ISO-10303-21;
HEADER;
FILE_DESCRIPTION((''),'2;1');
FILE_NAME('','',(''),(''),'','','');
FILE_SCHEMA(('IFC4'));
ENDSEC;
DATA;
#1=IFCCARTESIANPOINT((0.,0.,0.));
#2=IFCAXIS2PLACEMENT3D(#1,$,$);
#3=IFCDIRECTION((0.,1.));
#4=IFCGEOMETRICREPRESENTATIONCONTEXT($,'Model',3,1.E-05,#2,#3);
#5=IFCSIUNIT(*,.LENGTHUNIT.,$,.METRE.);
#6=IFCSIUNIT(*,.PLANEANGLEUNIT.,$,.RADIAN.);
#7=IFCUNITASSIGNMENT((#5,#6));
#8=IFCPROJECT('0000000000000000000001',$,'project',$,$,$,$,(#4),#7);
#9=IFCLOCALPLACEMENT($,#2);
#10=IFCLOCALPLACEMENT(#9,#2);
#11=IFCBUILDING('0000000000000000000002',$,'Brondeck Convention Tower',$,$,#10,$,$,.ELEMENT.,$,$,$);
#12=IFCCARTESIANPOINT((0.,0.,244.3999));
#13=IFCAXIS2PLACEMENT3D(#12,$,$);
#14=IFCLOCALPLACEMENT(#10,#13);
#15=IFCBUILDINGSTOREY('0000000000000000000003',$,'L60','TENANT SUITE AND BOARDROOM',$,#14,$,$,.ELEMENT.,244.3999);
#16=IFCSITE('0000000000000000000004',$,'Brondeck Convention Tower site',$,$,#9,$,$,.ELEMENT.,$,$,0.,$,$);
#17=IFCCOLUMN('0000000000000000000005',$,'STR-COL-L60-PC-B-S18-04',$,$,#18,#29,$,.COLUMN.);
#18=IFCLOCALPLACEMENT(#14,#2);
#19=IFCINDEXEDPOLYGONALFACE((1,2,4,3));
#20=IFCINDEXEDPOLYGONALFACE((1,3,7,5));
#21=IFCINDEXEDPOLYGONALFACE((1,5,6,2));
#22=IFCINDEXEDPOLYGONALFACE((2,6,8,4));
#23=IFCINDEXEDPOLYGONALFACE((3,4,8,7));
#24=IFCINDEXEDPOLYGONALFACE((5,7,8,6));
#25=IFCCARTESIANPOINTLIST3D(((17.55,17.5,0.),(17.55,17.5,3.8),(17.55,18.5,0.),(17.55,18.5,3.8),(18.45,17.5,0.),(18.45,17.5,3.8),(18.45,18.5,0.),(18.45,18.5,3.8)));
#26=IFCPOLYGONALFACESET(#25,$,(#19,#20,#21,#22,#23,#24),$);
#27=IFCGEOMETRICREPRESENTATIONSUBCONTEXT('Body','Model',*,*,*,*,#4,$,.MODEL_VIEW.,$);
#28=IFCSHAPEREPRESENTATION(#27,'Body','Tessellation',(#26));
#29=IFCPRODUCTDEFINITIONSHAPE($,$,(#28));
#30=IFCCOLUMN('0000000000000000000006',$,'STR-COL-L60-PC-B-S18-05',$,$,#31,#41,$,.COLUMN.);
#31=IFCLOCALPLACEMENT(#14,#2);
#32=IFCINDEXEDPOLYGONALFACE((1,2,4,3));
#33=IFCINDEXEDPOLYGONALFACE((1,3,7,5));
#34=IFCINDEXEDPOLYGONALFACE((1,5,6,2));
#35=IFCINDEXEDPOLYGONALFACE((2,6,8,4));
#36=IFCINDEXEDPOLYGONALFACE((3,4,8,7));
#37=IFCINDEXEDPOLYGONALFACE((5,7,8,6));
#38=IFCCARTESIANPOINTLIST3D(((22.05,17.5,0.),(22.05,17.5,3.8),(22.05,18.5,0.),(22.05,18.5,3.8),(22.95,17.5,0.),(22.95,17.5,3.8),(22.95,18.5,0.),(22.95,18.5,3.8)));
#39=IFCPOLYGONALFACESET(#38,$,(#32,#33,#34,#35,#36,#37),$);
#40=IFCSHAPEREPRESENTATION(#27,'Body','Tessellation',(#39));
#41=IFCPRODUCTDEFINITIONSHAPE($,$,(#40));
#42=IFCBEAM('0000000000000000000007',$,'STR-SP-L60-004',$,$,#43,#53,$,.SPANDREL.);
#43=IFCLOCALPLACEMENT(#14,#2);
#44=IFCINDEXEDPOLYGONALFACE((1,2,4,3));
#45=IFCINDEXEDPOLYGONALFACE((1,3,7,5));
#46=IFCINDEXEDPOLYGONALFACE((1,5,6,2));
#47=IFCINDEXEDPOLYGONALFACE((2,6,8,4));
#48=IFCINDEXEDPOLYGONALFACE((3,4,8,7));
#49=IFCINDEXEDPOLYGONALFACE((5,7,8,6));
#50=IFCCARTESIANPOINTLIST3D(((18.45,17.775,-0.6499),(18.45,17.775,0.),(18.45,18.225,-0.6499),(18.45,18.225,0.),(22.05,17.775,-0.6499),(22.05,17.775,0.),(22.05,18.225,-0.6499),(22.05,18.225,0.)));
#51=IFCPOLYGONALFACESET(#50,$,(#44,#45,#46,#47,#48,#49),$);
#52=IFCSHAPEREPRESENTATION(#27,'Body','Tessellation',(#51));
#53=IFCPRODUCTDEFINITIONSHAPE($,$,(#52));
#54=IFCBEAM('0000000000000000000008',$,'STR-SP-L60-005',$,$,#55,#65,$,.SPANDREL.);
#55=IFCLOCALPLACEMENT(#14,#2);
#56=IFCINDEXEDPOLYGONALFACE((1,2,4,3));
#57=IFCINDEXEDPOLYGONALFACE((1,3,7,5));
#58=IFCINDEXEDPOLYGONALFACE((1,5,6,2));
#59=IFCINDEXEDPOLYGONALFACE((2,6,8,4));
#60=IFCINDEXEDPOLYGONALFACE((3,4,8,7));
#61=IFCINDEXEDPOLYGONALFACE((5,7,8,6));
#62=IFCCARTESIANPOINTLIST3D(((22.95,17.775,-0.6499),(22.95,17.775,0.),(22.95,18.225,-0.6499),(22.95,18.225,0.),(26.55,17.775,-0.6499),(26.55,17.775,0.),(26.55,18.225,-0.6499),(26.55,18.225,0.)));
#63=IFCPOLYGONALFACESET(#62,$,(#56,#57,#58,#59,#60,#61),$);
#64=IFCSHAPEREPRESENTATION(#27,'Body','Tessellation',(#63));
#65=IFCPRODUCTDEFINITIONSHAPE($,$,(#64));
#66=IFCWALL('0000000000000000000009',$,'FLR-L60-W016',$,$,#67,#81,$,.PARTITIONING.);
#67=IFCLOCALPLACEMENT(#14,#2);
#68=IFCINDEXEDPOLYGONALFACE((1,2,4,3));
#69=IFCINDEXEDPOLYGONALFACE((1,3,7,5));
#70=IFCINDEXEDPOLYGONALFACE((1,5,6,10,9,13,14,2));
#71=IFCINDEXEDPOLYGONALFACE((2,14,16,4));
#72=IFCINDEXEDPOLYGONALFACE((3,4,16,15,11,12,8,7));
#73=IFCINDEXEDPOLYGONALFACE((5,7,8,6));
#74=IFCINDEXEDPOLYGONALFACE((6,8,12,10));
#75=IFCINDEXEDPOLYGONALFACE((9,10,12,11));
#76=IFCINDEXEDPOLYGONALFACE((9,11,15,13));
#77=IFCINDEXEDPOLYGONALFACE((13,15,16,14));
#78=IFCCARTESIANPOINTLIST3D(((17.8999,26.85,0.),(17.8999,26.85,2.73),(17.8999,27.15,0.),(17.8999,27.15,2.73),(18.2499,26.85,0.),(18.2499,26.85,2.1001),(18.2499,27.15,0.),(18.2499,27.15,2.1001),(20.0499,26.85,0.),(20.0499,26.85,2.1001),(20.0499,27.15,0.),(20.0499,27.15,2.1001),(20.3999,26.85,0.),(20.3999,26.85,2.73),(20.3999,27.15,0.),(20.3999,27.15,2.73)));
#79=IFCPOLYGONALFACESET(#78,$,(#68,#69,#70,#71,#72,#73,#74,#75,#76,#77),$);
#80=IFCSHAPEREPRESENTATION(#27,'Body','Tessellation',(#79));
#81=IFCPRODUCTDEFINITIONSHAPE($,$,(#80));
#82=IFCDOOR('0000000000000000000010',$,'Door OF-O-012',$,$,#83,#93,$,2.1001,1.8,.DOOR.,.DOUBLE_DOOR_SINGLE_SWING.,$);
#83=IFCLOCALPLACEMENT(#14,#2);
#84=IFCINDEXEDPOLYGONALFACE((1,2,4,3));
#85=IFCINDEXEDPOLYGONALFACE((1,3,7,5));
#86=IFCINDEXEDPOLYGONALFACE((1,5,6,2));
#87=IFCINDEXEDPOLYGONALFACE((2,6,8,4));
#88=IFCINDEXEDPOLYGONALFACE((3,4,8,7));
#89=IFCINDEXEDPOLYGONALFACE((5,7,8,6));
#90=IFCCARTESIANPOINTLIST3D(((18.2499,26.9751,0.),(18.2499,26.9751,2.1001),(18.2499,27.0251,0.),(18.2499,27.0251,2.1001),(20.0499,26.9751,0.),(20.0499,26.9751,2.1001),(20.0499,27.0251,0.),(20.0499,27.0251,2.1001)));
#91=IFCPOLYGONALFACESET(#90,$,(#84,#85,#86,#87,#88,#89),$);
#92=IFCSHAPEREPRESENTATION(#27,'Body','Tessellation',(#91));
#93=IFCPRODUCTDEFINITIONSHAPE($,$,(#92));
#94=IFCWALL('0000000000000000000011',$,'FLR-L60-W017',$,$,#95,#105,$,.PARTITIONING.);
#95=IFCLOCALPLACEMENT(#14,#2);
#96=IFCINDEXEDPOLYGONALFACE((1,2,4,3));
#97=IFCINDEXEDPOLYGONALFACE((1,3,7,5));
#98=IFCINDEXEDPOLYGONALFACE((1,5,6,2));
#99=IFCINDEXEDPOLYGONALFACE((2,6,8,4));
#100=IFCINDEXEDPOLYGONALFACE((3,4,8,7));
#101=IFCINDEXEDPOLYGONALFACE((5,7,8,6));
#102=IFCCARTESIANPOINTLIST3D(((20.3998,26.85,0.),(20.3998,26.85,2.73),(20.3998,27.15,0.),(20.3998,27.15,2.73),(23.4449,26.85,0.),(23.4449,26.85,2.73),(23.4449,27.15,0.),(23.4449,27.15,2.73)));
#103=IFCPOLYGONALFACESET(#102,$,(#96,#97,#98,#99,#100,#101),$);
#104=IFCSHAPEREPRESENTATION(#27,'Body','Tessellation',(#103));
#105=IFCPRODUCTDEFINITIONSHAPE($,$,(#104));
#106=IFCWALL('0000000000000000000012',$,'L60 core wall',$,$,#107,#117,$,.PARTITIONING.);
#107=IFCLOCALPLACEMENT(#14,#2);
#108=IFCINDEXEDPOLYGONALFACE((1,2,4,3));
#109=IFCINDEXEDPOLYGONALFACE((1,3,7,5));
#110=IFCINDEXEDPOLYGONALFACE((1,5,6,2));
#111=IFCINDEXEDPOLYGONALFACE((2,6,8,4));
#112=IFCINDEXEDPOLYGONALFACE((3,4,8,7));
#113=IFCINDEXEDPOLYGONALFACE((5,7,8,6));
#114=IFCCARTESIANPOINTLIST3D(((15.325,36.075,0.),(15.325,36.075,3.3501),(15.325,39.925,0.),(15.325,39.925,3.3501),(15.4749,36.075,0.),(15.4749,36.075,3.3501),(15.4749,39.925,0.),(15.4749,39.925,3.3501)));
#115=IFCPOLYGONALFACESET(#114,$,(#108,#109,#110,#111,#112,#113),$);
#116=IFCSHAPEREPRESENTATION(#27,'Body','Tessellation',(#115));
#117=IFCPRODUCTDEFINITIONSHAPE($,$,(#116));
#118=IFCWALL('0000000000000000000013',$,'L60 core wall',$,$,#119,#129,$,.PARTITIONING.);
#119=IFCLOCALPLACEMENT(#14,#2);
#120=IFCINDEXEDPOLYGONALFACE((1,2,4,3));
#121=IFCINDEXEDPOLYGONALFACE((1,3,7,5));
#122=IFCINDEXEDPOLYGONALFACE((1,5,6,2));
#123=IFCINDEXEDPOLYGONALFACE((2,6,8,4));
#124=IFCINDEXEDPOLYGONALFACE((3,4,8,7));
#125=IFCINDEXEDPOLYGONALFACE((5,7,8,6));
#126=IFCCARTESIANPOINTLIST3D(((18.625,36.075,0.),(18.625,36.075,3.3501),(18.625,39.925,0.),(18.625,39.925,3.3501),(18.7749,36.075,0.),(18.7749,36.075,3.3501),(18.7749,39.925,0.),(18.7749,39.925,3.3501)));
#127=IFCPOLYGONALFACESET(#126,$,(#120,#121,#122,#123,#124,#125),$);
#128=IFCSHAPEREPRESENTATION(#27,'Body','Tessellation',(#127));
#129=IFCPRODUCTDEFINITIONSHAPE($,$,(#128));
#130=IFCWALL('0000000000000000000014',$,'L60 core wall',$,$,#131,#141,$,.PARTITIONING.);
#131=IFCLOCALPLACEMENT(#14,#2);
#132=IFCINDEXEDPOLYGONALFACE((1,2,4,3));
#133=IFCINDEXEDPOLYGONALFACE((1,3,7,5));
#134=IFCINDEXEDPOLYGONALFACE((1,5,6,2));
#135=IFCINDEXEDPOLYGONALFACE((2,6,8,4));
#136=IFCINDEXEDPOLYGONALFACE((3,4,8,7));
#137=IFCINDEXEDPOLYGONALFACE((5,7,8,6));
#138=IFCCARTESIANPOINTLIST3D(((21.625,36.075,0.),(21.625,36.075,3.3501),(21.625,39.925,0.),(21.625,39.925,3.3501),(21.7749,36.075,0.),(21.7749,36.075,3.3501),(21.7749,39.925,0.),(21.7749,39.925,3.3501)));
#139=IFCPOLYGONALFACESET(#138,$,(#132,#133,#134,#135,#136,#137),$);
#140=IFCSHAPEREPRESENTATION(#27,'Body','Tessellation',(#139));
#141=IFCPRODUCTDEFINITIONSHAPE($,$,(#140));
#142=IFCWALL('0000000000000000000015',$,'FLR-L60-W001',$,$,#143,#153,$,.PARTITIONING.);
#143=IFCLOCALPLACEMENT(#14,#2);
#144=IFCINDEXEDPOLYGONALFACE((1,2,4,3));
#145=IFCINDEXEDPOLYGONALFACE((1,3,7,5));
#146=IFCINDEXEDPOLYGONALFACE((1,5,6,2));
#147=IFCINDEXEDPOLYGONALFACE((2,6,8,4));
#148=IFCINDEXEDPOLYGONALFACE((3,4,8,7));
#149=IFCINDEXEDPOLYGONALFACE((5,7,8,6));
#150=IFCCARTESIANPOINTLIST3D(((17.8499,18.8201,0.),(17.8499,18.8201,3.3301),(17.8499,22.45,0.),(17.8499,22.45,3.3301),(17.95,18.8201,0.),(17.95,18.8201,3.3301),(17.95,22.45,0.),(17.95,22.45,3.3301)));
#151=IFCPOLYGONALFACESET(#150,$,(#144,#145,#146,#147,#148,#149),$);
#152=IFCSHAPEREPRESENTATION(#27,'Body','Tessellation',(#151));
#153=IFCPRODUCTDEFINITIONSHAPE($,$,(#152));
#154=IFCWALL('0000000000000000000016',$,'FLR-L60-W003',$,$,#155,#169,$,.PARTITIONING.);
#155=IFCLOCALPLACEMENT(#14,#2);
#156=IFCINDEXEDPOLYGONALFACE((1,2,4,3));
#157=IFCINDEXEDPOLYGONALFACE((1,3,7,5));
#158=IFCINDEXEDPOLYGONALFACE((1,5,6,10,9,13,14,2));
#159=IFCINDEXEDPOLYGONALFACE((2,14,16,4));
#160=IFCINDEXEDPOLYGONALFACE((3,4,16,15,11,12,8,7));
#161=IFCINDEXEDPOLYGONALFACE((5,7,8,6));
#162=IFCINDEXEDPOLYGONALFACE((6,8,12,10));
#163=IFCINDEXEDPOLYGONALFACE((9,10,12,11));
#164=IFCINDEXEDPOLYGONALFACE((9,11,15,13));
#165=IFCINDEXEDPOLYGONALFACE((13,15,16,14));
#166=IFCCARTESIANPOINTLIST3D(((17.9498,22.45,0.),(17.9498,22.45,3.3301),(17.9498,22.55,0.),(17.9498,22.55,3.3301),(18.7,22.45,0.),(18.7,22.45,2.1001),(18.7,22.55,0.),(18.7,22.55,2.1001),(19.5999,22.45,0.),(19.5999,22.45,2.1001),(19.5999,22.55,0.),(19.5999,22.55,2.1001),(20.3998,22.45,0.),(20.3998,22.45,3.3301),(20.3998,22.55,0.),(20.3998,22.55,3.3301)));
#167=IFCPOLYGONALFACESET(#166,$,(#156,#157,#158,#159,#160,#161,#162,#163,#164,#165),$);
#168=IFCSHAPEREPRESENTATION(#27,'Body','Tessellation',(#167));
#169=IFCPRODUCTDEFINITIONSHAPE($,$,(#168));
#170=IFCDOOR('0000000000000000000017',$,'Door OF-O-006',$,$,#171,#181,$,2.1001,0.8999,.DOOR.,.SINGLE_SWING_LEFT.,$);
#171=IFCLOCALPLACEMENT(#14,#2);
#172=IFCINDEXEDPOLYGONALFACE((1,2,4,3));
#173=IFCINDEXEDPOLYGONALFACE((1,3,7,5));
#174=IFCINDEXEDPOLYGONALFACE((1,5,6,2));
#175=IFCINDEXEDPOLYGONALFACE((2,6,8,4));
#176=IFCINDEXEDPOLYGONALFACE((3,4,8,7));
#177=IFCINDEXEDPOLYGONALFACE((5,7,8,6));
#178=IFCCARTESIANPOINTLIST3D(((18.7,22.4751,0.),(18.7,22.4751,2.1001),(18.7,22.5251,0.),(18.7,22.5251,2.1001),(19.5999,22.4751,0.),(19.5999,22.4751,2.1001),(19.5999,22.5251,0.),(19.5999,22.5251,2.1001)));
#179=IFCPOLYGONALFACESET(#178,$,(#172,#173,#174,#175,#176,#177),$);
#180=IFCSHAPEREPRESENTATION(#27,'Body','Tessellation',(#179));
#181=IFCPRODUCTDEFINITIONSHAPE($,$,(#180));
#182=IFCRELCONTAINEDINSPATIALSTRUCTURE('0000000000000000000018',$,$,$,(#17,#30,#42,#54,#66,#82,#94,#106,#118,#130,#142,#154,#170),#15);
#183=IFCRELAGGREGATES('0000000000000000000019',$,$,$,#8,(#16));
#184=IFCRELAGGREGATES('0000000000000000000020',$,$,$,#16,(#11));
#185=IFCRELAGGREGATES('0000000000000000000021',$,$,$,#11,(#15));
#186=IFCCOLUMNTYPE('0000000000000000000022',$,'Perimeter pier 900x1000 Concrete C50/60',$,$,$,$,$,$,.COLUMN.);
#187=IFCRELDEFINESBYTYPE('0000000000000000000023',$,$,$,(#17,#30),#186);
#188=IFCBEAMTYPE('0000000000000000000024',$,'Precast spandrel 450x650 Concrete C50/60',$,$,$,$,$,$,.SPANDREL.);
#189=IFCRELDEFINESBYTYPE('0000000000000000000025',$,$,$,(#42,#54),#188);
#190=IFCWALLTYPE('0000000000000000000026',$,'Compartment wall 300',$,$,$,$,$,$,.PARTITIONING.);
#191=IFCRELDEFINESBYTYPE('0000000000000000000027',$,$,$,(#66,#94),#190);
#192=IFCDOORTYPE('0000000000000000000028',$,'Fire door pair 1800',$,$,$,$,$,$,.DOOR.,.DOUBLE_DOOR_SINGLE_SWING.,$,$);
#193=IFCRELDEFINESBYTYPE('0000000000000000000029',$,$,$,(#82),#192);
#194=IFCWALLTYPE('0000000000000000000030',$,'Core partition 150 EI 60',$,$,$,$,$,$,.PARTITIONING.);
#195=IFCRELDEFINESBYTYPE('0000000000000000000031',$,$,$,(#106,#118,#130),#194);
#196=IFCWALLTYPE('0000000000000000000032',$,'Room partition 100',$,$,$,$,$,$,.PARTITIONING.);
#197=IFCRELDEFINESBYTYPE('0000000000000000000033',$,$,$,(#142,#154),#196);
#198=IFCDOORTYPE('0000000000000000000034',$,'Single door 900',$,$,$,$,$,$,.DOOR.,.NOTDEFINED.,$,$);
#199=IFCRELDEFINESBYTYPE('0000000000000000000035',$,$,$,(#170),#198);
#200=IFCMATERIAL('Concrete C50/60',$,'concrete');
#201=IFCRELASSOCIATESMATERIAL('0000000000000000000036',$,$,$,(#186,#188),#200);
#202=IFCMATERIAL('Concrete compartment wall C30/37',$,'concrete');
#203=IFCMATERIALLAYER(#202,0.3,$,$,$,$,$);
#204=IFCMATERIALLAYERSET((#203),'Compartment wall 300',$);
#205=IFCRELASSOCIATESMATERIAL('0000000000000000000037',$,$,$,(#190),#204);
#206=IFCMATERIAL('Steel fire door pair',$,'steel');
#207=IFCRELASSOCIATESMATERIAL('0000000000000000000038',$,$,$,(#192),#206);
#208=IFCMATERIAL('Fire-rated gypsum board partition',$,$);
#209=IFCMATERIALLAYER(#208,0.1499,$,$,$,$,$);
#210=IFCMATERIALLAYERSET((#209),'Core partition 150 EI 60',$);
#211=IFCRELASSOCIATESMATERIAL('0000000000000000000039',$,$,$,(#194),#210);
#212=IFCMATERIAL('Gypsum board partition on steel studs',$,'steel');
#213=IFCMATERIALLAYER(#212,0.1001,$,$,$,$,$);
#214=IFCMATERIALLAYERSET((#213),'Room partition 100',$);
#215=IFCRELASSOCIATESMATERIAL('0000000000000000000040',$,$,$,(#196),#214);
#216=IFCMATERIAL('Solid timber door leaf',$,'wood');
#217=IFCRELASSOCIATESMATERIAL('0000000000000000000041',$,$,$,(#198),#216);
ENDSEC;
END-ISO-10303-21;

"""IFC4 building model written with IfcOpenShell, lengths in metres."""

from ifc_helpers import new_model, si_unit, direction, frame, frame_2d, origin, origin_2d, place, context, subcontext, project, spatial, rectangle, extrude, material, layer, layer_set, material_profile, profile_set, type_object, element, fill, save


model = new_model("IFC4")

# Units and contexts
model_context = context("Model", 3, precision=1e-05, world=origin(), true_north=direction((0.0, 1.0)))
body_context = subcontext(model_context, "Body", "Model", "MODEL_VIEW")
ifc_project = project(units=[si_unit("LENGTHUNIT", "METRE"), si_unit("PLANEANGLEUNIT", "RADIAN")], contexts=[model_context])

# Site, building, storey
site_placement = place(None, origin())
site = spatial("IfcSite", under=ifc_project, at=site_placement, Name="Brondeck Convention Tower site", CompositionType="ELEMENT", RefElevation=0.0)
building_placement = place(site_placement, origin())
building = spatial("IfcBuilding", under=site, at=building_placement, Name="Brondeck Convention Tower", CompositionType="ELEMENT")
storey_placement = place(building_placement, frame((0.0, 0.0, 244.3999)))
storey = spatial("IfcBuildingStorey", under=building, at=storey_placement, Name="L60", Description="TENANT SUITE AND BOARDROOM", CompositionType="ELEMENT", Elevation=244.3999)

# Columns
ifc_material_1 = material(Name="Concrete C50/60", Category="concrete")
ifc_material_profile_1 = material_profile(ifc_material_1, rectangle(XDim=0.8999, YDim=1.0, at=origin_2d()), Name="Perimeter pier 900x1000 Concrete C50/60")
ifc_profile_set_1 = profile_set([ifc_material_profile_1], Name="Concrete C50/60")
column_type = type_object("IfcColumnType", Name="Perimeter pier 900x1000 Concrete C50/60", PredefinedType="COLUMN", material=ifc_profile_set_1)
for number, where, z_axis, x_axis, name in (
    (1, (18.0, 18.0, 0.0), (0.0, 0.0, 1.0), (1.0, 0.0, 0.0), "STR-COL-L60-PC-B-S18-04"),
    (2, (22.5, 18.0, 0.0), (0.0, 0.0, 1.0), (1.0, 0.0, 0.0), "STR-COL-L60-PC-B-S18-05"),
):
    element("IfcColumn", number, at=place(storey_placement, frame(where, z_axis=z_axis, x_axis=x_axis)), inside=storey, type_object=column_type, Name=name, PredefinedType="COLUMN", context=body_context, shape_type="SweptSolid", body=[
        extrude(rectangle(XDim=0.8999, YDim=1.0, at=origin_2d()), origin(), (0.0, 0.0, 1.0), 3.8),
    ])

# Beams
ifc_material_profile_2 = material_profile(ifc_material_1, rectangle(XDim=0.45, YDim=0.6499, at=origin_2d()), Name="Precast spandrel 450x650 Concrete C50/60")
ifc_profile_set_2 = profile_set([ifc_material_profile_2], Name="Concrete C50/60")
beam_type = type_object("IfcBeamType", Name="Precast spandrel 450x650 Concrete C50/60", PredefinedType="SPANDREL", material=ifc_profile_set_2)
for number, where, z_axis, x_axis, name in (
    (3, (18.45, 18.0, -0.325), (1.0, 0.0, 0.0), (0.0, 1.0, 0.0), "STR-SP-L60-004"),
    (4, (22.95, 18.0, -0.325), (1.0, 0.0, 0.0), (0.0, 1.0, 0.0), "STR-SP-L60-005"),
):
    element("IfcBeam", number, at=place(storey_placement, frame(where, z_axis=z_axis, x_axis=x_axis)), inside=storey, type_object=beam_type, Name=name, PredefinedType="SPANDREL", context=body_context, shape_type="SweptSolid", body=[
        extrude(rectangle(XDim=0.45, YDim=0.6499, at=origin_2d()), origin(), (0.0, 0.0, 1.0), 3.6001),
    ])

# Wall, opening, door
ifc_material_2 = material(Name="Concrete compartment wall C30/37", Category="concrete")
ifc_layer_1 = layer(ifc_material_2, 0.3)
ifc_layer_set_1 = layer_set([ifc_layer_1], Name="Compartment wall 300")
wall_type_1 = type_object("IfcWallType", Name="Compartment wall 300", PredefinedType="PARTITIONING", material=ifc_layer_set_1)
wall_1_placement = place(storey_placement, frame((20.3999, 27.0, 0.0), z_axis=(0.0, 0.0, 1.0), x_axis=(-1.0, 0.0, 0.0)))
wall_1 = element("IfcWall", 5, at=wall_1_placement, inside=storey, type_object=wall_type_1, Name="FLR-L60-W016", PredefinedType="PARTITIONING", context=body_context, shape_type="SweptSolid", body=[
    extrude(rectangle(XDim=2.5, YDim=0.3, at=frame_2d((1.25, 0.0))), origin(), (0.0, 0.0, 1.0), 2.73),
])
opening_1_placement = place(wall_1_placement, frame((0.3501, 0.0, 0.0)))
opening_1 = element("IfcOpeningElement", 6, at=opening_1_placement, cuts=wall_1, PredefinedType="OPENING", context=body_context, shape_type="SweptSolid", body=[
    extrude(rectangle(XDim=1.8, YDim=2.1001, at=frame_2d((0.8999, 1.05))), frame((0.0, 0.1599, 0.0), z_axis=(0.0, -1.0, 0.0), x_axis=(1.0, 0.0, 0.0)), (0.0, 0.0, 1.0), 0.3201),
])
ifc_material_3 = material(Name="Steel fire door pair", Category="steel")
door_type_1 = type_object("IfcDoorType", Name="Fire door pair 1800", OperationType="DOUBLE_DOOR_SINGLE_SWING", PredefinedType="DOOR", material=ifc_material_3)
door_1_placement = place(opening_1_placement, origin())
door_1 = element("IfcDoor", 7, at=door_1_placement, inside=storey, type_object=door_type_1, Name="Door OF-O-012", OperationType="DOUBLE_DOOR_SINGLE_SWING", OverallHeight=2.1001, OverallWidth=1.8, PredefinedType="DOOR", context=body_context, shape_type="SweptSolid", body=[
    extrude(rectangle(XDim=1.8, YDim=2.1001, at=frame_2d((0.8999, 1.05))), frame((0.0, 0.0249, 0.0), z_axis=(0.0, -1.0, 0.0), x_axis=(1.0, 0.0, 0.0)), (0.0, 0.0, 1.0), 0.05),
])
fill(opening_1, door_1)

# Walls
wall_2_placement = place(storey_placement, frame((20.3999, 27.0, 0.0), z_axis=(0.0, 0.0, 1.0), x_axis=(1.0, 0.0, 0.0)))
element("IfcWall", 8, at=wall_2_placement, inside=storey, type_object=wall_type_1, Name="FLR-L60-W017", PredefinedType="PARTITIONING", context=body_context, shape_type="SweptSolid", body=[
    extrude(rectangle(XDim=3.0452, YDim=0.3, at=frame_2d((1.5225, 0.0))), origin(), (0.0, 0.0, 1.0), 2.73),
])
ifc_material_4 = material(Name="Fire-rated gypsum board partition")
ifc_layer_2 = layer(ifc_material_4, 0.1499)
ifc_layer_set_2 = layer_set([ifc_layer_2], Name="Core partition 150 EI 60")
wall_type_2 = type_object("IfcWallType", Name="Core partition 150 EI 60", PredefinedType="PARTITIONING", material=ifc_layer_set_2)
for number, where, z_axis, x_axis, name in (
    (9, (15.3999, 36.075, 0.0), (0.0, 0.0, 1.0), (0.0, 1.0, 0.0), "L60 core wall"),
    (10, (18.7, 36.075, 0.0), (0.0, 0.0, 1.0), (0.0, 1.0, 0.0), "L60 core wall"),
    (11, (21.7, 36.075, 0.0), (0.0, 0.0, 1.0), (0.0, 1.0, 0.0), "L60 core wall"),
):
    element("IfcWall", number, at=place(storey_placement, frame(where, z_axis=z_axis, x_axis=x_axis)), inside=storey, type_object=wall_type_2, Name=name, PredefinedType="PARTITIONING", context=body_context, shape_type="SweptSolid", body=[
        extrude(rectangle(XDim=3.8501, YDim=0.1499, at=frame_2d((1.925, 0.0))), origin(), (0.0, 0.0, 1.0), 3.3501),
    ])
ifc_material_5 = material(Name="Gypsum board partition on steel studs", Category="steel")
ifc_layer_3 = layer(ifc_material_5, 0.1001)
ifc_layer_set_3 = layer_set([ifc_layer_3], Name="Room partition 100")
wall_type_3 = type_object("IfcWallType", Name="Room partition 100", PredefinedType="PARTITIONING", material=ifc_layer_set_3)
wall_3_placement = place(storey_placement, frame((17.8999, 22.45, 0.0), z_axis=(0.0, 0.0, 1.0), x_axis=(0.0, -1.0, 0.0)))
element("IfcWall", 12, at=wall_3_placement, inside=storey, type_object=wall_type_3, Name="FLR-L60-W001", PredefinedType="PARTITIONING", context=body_context, shape_type="SweptSolid", body=[
    extrude(rectangle(XDim=3.6299, YDim=0.1001, at=frame_2d((1.8149, 0.0))), origin(), (0.0, 0.0, 1.0), 3.3301),
])

# Wall, opening, door
wall_4_placement = place(storey_placement, frame((20.3999, 22.5, 0.0), z_axis=(0.0, 0.0, 1.0), x_axis=(-1.0, 0.0, 0.0)))
wall_4 = element("IfcWall", 13, at=wall_4_placement, inside=storey, type_object=wall_type_3, Name="FLR-L60-W003", PredefinedType="PARTITIONING", context=body_context, shape_type="SweptSolid", body=[
    extrude(rectangle(XDim=2.45, YDim=0.1001, at=frame_2d((1.2251, 0.0))), origin(), (0.0, 0.0, 1.0), 3.3301),
])
opening_2_placement = place(wall_4_placement, frame((0.8, 0.0, 0.0)))
opening_2 = element("IfcOpeningElement", 14, at=opening_2_placement, cuts=wall_4, PredefinedType="OPENING", context=body_context, shape_type="SweptSolid", body=[
    extrude(rectangle(XDim=0.8999, YDim=2.1001, at=frame_2d((0.45, 1.05))), frame((0.0, 0.0601, 0.0), z_axis=(0.0, -1.0, 0.0), x_axis=(1.0, 0.0, 0.0)), (0.0, 0.0, 1.0), 0.1201),
])
ifc_material_6 = material(Name="Solid timber door leaf", Category="wood")
door_type_2 = type_object("IfcDoorType", Name="Single door 900", OperationType="NOTDEFINED", PredefinedType="DOOR", material=ifc_material_6)
door_2_placement = place(opening_2_placement, origin())
door_2 = element("IfcDoor", 15, at=door_2_placement, inside=storey, type_object=door_type_2, Name="Door OF-O-006", OperationType="SINGLE_SWING_LEFT", OverallHeight=2.1001, OverallWidth=0.8999, PredefinedType="DOOR", context=body_context, shape_type="SweptSolid", body=[
    extrude(rectangle(XDim=0.8999, YDim=2.1001, at=frame_2d((0.45, 1.05))), frame((0.0, 0.0249, 0.0), z_axis=(0.0, -1.0, 0.0), x_axis=(1.0, 0.0, 0.0)), (0.0, 0.0, 1.0), 0.05),
])
fill(opening_2, door_2)

save(model, "model.ifc")
